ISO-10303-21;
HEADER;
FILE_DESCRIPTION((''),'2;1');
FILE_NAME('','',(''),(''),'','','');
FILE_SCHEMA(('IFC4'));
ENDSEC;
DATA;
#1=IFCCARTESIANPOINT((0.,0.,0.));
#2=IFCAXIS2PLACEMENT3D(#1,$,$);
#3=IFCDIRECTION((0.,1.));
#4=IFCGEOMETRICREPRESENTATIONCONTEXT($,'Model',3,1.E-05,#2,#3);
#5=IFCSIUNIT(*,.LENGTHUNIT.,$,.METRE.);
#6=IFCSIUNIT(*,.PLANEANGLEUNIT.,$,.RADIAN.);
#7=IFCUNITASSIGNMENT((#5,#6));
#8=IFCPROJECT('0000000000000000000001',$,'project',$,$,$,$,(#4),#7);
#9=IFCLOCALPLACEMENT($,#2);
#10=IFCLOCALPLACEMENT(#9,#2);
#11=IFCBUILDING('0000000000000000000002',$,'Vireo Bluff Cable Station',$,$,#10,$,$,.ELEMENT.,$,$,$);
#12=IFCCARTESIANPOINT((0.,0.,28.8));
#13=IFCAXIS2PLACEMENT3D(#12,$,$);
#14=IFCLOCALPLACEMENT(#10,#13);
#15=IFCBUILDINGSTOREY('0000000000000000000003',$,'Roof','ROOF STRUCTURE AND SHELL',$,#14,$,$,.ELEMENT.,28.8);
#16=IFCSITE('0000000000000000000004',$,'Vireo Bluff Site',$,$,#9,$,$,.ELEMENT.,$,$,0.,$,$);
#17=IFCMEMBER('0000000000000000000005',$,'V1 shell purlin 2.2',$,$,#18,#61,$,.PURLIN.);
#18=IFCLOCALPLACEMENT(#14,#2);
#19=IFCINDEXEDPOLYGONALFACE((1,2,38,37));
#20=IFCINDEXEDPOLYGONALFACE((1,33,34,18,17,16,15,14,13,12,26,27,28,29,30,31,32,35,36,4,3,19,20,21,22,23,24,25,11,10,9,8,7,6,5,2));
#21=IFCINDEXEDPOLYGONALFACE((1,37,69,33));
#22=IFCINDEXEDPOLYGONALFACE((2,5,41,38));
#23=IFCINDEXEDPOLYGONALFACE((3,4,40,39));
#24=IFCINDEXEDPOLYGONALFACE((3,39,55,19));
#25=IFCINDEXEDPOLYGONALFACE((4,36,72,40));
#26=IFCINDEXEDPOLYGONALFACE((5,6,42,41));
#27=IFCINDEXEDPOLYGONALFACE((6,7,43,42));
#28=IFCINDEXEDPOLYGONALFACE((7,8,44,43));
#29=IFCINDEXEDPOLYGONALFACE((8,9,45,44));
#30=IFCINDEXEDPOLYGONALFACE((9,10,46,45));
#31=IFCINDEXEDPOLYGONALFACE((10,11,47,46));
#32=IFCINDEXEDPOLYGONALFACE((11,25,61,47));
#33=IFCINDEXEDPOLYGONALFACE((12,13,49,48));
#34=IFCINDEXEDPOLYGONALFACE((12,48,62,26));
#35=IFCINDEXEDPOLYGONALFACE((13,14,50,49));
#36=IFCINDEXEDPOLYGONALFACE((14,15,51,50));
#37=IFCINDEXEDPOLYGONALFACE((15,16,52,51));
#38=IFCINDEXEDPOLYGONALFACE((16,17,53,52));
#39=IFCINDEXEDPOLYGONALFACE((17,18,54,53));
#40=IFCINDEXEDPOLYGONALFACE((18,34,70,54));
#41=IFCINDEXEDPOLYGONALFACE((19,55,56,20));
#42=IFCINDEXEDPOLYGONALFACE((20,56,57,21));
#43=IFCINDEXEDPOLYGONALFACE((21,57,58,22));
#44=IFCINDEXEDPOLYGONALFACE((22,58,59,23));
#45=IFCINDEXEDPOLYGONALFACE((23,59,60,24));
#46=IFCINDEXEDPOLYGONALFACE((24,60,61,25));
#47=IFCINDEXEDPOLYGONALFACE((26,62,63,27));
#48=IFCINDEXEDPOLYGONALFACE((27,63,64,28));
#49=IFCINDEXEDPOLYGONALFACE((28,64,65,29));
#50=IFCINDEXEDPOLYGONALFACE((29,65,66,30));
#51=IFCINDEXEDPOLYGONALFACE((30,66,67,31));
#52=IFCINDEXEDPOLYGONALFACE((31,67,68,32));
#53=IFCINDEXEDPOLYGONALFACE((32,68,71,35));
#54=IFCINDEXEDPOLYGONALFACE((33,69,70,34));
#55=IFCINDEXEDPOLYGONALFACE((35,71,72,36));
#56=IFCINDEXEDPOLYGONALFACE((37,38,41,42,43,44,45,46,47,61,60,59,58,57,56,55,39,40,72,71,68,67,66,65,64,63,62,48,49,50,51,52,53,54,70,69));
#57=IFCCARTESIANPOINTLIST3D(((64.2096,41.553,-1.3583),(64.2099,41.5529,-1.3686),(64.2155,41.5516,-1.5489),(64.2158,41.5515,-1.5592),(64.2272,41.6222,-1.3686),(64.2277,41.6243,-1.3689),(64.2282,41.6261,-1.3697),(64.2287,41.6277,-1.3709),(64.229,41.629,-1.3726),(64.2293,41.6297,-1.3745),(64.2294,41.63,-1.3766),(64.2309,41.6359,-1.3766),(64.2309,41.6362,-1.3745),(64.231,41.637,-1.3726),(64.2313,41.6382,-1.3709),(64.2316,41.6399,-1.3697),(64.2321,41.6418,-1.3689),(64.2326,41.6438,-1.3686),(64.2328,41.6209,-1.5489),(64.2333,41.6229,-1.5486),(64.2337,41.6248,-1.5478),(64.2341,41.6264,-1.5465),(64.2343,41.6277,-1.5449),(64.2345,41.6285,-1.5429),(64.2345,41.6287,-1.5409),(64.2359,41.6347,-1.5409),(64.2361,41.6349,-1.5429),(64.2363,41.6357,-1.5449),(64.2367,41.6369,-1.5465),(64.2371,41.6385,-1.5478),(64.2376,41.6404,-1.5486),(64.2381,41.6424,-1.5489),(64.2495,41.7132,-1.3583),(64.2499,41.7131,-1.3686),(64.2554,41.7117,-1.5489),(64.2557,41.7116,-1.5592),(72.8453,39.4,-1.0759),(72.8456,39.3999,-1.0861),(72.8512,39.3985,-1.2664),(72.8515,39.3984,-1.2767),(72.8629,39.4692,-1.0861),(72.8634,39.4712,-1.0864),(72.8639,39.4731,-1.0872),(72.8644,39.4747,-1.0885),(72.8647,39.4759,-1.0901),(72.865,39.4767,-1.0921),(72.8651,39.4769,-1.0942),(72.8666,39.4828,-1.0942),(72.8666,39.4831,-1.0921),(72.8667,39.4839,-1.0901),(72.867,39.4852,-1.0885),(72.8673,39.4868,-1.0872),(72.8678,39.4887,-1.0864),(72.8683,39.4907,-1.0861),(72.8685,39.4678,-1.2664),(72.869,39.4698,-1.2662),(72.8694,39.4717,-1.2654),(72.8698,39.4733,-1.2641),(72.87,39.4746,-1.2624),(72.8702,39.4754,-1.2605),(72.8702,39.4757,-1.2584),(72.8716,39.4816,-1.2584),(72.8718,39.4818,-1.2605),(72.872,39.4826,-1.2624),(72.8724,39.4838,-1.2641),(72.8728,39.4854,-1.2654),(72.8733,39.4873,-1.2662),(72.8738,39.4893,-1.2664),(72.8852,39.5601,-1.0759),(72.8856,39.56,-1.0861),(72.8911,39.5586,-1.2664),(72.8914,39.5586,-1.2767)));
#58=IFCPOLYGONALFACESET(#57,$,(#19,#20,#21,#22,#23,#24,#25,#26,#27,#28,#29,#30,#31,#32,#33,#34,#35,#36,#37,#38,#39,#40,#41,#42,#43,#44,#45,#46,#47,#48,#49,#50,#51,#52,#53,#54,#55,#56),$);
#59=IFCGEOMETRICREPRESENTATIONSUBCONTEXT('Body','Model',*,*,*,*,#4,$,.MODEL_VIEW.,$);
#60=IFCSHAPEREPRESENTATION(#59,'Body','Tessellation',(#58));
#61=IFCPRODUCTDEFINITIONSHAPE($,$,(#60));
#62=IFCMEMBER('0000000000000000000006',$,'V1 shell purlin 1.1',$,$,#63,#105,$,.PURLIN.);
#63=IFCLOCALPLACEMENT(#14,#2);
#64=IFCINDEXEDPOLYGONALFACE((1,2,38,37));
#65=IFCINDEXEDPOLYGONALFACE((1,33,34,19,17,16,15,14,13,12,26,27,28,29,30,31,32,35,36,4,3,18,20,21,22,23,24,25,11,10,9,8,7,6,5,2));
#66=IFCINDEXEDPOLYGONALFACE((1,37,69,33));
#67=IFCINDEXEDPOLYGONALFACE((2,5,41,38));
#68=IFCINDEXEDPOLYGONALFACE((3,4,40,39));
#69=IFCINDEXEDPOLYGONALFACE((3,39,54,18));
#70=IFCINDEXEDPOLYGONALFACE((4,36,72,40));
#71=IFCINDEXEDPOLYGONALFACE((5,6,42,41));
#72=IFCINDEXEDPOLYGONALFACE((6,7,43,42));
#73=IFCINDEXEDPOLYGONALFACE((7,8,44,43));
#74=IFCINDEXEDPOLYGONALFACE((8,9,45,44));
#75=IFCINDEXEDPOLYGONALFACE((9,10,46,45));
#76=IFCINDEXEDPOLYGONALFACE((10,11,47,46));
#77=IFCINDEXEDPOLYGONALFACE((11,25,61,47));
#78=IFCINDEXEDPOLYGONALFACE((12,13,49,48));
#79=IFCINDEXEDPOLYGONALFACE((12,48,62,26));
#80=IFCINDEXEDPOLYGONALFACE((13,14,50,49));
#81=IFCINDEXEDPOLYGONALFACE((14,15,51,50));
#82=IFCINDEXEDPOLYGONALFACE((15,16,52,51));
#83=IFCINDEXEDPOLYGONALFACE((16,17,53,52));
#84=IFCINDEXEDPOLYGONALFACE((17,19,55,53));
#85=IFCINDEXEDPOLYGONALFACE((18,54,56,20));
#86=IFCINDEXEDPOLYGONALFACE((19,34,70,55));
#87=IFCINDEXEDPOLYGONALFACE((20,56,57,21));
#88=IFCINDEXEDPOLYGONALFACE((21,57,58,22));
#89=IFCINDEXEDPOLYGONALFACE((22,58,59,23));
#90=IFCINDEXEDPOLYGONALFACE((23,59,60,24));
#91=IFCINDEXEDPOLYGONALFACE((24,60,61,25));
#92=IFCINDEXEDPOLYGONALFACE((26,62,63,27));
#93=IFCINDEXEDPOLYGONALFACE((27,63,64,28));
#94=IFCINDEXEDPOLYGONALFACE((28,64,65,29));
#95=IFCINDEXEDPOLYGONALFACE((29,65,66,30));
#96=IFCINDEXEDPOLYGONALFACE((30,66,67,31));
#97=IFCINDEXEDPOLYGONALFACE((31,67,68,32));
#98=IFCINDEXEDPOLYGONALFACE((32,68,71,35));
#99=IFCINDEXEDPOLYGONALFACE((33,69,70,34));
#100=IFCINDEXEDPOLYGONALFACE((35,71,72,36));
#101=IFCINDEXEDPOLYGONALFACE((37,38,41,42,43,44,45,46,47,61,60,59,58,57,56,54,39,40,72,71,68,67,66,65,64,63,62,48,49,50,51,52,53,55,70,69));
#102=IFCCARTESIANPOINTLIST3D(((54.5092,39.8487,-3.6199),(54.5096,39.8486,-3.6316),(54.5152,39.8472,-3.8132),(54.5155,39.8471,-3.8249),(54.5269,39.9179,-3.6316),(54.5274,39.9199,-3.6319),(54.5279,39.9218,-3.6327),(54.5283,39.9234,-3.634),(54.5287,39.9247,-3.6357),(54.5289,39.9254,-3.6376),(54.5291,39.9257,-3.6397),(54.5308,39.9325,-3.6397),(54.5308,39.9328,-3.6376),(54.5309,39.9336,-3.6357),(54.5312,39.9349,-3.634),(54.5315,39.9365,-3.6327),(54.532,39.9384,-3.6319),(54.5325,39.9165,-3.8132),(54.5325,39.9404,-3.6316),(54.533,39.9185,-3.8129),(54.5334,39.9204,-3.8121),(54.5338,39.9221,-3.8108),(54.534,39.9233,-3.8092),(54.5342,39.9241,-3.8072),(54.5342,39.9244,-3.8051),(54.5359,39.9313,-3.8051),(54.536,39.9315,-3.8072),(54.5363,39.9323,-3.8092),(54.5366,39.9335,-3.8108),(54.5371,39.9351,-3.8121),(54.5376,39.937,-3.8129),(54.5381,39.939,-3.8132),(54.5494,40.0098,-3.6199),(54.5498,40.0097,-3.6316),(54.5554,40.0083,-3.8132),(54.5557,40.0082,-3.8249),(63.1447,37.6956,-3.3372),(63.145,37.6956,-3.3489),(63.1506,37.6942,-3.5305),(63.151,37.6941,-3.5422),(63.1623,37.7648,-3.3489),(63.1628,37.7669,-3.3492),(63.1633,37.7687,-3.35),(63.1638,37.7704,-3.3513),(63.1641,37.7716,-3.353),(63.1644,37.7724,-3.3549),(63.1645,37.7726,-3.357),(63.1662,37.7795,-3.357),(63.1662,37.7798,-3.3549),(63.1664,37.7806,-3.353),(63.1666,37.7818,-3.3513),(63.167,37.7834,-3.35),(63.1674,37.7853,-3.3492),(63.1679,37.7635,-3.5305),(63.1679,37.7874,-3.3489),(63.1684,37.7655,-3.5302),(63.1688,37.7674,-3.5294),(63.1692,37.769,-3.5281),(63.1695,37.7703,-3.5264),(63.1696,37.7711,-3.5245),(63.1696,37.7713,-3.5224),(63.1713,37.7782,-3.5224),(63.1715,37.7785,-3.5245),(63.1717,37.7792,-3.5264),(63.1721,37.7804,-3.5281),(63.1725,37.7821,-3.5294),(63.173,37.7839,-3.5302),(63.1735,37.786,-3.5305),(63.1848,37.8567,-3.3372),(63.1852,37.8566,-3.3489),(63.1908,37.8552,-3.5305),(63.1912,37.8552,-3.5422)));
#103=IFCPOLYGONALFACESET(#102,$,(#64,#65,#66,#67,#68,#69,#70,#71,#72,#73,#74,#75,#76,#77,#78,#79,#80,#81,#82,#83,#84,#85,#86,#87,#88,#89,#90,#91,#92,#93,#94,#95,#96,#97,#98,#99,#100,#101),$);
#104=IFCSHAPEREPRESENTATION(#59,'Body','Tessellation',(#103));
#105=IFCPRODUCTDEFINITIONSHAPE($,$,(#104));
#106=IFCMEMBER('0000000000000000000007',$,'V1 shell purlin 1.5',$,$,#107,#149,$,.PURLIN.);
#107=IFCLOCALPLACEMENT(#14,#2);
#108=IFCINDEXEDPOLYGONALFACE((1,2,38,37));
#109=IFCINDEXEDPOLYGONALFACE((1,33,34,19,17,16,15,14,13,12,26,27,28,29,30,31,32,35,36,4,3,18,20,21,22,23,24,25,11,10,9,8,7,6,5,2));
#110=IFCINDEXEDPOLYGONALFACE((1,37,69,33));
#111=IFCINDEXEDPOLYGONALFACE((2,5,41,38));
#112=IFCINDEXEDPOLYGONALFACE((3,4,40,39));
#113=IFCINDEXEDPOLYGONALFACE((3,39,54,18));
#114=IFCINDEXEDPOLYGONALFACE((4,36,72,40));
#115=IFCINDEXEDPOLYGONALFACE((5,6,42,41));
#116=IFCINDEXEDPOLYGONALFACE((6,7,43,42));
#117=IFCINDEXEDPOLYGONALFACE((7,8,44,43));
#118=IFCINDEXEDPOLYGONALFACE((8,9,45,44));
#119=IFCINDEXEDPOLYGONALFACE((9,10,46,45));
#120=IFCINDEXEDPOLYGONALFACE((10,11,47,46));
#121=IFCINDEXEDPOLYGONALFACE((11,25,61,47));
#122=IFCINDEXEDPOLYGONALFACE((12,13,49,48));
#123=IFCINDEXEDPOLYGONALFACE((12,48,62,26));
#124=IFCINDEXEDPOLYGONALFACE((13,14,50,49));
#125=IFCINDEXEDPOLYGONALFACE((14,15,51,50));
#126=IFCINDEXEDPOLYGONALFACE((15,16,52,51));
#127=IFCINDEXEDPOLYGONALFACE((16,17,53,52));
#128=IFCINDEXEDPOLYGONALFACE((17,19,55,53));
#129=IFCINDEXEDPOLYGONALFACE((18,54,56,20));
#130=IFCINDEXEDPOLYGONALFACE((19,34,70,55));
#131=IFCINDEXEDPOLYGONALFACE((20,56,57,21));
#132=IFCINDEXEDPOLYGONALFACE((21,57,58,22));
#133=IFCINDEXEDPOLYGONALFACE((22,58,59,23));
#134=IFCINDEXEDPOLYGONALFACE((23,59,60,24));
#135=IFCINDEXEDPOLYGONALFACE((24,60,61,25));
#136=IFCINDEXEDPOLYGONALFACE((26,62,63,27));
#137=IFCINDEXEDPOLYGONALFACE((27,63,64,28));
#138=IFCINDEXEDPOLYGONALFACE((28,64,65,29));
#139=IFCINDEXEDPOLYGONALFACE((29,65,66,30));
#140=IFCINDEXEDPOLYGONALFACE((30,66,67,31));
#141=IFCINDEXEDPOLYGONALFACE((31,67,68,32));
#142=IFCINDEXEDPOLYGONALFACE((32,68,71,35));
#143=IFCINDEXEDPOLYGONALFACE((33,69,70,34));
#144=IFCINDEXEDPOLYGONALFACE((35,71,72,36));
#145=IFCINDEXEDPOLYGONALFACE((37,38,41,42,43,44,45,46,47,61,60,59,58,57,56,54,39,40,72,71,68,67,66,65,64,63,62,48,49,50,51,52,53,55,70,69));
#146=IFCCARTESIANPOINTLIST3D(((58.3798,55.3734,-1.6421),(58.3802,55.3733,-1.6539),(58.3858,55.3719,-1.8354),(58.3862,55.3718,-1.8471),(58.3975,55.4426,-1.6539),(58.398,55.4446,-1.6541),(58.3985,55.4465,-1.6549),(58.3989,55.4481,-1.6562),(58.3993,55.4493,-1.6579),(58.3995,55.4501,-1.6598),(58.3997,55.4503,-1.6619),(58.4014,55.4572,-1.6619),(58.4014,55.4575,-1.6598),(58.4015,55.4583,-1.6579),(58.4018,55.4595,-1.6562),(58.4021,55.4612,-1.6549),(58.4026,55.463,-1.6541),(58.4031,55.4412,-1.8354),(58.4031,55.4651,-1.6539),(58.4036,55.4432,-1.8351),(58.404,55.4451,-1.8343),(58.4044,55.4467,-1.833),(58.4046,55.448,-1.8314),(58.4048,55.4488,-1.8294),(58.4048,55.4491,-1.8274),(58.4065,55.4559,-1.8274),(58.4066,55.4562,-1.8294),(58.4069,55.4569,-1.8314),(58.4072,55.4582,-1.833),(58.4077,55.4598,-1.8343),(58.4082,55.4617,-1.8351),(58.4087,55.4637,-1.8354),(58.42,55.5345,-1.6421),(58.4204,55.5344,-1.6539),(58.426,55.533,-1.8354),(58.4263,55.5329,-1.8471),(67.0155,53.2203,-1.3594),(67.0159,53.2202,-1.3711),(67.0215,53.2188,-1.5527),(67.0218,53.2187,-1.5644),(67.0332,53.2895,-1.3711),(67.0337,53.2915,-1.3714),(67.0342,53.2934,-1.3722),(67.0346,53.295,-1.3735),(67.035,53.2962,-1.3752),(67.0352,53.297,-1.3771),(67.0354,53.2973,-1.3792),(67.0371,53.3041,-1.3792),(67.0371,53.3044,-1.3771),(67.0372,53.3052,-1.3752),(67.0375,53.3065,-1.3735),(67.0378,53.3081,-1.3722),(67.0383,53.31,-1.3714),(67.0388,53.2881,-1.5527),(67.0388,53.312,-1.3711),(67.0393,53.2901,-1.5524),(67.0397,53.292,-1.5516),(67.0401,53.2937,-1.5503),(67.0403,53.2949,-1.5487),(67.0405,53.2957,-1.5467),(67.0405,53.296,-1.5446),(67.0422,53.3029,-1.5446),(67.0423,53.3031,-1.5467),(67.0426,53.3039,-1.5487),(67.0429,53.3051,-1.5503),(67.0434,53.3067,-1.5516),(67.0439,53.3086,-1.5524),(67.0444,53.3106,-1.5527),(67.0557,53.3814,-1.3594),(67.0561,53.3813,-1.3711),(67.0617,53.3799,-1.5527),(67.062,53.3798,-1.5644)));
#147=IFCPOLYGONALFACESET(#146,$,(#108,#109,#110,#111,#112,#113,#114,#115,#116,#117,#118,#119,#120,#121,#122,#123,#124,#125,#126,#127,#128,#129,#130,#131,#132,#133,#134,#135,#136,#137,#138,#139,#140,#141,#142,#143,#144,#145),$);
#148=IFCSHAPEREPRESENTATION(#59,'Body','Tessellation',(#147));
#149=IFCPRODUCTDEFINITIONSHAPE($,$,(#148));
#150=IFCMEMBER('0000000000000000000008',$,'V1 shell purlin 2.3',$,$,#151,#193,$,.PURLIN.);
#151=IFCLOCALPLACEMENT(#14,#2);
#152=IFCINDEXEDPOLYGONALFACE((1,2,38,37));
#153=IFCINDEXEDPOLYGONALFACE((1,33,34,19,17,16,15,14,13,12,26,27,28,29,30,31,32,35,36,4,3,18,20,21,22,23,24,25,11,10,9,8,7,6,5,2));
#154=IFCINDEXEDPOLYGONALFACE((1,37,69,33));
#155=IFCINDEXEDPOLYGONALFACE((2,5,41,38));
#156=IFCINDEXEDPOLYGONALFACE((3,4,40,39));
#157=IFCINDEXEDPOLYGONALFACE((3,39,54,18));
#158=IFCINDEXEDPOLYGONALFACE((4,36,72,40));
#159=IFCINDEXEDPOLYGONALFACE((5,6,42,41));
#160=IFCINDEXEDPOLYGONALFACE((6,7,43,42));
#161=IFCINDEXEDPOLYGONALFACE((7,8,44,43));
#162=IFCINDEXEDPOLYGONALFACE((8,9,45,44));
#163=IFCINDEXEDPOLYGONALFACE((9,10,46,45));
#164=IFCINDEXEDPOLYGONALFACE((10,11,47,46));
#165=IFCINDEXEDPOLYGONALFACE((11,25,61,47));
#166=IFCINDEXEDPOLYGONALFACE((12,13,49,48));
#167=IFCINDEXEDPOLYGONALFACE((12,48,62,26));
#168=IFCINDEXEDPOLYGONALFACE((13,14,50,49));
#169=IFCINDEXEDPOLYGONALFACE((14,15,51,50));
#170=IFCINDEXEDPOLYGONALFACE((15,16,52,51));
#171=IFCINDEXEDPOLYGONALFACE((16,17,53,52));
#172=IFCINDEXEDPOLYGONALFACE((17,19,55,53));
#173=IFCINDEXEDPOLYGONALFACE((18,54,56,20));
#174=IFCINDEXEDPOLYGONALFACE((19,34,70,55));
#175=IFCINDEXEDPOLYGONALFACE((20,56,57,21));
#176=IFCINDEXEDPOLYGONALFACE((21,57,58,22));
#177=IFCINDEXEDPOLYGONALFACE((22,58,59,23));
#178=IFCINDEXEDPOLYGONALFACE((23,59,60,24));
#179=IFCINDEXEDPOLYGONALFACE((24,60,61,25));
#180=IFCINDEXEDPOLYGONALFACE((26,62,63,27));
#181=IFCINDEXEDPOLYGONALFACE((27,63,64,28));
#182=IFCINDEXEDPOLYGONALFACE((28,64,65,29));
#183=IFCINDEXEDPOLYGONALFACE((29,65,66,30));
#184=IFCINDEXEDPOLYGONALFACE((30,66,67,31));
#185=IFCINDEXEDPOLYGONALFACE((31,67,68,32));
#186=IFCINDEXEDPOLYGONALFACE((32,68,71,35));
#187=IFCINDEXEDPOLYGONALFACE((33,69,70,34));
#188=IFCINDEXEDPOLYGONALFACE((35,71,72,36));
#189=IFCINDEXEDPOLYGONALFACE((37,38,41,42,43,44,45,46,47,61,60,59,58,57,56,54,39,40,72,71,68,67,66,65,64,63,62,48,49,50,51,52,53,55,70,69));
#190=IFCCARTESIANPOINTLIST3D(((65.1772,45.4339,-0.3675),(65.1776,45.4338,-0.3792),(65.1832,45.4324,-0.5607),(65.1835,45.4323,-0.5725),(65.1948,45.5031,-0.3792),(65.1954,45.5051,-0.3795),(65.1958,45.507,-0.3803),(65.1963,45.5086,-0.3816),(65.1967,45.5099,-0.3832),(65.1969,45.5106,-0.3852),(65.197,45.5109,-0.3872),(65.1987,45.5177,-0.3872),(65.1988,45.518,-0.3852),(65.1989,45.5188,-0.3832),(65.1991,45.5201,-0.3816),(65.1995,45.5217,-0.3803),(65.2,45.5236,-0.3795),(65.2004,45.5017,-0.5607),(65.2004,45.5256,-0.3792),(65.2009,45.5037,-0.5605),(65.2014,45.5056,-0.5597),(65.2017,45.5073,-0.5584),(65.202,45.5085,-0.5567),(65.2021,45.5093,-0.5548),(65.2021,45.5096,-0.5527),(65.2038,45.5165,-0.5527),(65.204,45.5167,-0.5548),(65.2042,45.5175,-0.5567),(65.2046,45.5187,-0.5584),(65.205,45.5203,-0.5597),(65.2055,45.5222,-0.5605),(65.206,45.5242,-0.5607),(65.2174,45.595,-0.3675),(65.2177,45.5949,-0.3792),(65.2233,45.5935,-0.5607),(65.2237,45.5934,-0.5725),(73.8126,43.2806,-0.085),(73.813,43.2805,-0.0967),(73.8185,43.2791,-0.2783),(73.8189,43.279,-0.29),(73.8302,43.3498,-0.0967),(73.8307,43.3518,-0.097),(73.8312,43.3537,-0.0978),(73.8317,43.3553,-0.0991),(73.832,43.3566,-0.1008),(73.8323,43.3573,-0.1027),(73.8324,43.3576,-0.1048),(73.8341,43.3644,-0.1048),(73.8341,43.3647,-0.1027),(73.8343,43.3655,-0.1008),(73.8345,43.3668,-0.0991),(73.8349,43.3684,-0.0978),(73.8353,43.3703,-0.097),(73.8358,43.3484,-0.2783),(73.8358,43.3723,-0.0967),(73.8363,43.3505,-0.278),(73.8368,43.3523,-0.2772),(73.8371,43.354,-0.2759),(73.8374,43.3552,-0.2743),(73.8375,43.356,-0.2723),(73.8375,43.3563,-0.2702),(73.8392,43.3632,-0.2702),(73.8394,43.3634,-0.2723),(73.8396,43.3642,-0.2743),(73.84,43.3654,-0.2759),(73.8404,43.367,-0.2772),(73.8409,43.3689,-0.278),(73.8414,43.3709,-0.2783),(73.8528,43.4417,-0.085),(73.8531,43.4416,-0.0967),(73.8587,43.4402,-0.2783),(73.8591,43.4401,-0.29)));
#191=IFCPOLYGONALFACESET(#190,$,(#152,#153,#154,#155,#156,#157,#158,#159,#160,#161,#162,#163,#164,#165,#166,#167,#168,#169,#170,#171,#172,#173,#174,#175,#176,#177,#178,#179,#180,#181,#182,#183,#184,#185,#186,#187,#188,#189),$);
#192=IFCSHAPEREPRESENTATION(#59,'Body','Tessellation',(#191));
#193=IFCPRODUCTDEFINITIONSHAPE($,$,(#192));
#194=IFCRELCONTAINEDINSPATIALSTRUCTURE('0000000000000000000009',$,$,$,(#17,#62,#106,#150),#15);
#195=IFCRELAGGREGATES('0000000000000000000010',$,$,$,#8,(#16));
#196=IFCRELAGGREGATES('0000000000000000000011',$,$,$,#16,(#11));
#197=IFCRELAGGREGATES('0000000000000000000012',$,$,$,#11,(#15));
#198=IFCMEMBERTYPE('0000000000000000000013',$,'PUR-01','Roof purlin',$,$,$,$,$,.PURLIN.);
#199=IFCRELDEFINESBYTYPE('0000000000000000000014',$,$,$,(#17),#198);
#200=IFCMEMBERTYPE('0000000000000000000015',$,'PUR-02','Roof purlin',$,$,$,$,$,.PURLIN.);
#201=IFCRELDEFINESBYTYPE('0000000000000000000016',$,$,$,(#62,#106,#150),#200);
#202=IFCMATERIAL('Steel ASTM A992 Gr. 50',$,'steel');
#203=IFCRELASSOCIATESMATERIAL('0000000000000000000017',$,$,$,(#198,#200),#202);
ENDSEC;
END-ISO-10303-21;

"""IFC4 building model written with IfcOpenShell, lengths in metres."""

from ifc_helpers import new_model, si_unit, direction, frame, origin, origin_2d, place, context, subcontext, project, spatial, i_section, extrude, material, material_profile, profile_set, type_object, element, save


model = new_model("IFC4")

# Units and contexts
model_context = context("Model", 3, precision=1e-05, world=origin(), true_north=direction((0.0, 1.0)))
body_context = subcontext(model_context, "Body", "Model", "MODEL_VIEW")
ifc_project = project(units=[si_unit("LENGTHUNIT", "METRE"), si_unit("PLANEANGLEUNIT", "RADIAN")], contexts=[model_context])

# Site, building, storey
site_placement = place(None, origin())
site = spatial("IfcSite", under=ifc_project, at=site_placement, Name="Vireo Bluff Site", CompositionType="ELEMENT", RefElevation=0.0)
building_placement = place(site_placement, origin())
building = spatial("IfcBuilding", under=site, at=building_placement, Name="Vireo Bluff Cable Station", CompositionType="ELEMENT")
storey_placement = place(building_placement, frame((0.0, 0.0, 28.8)))
storey = spatial("IfcBuildingStorey", under=building, at=storey_placement, Name="Roof", Description="ROOF STRUCTURE AND SHELL", CompositionType="ELEMENT", Elevation=28.8)

# Members
ifc_material_1 = material(Name="Steel ASTM A992 Gr. 50", Category="steel")
ifc_material_profile_1 = material_profile(ifc_material_1, i_section(OverallWidth=0.165, OverallDepth=0.2009, WebThickness=0.0061, FlangeThickness=0.0103, FilletRadius=0.0081, at=origin_2d()), Name="W8X24")
ifc_profile_set_1 = profile_set([ifc_material_profile_1], Name="Steel ASTM A992 Gr. 50")
member_type_1 = type_object("IfcMemberType", Name="PUR-01", Description="Roof purlin", PredefinedType="PURLIN", material=ifc_profile_set_1)
for number, where, z_axis, x_axis, name in (
    (1, (64.2327, 41.6323, -1.4587), (0.969809, -0.241794, 0.031722), (0.241916, 0.970297, 0.0), "V1 shell purlin 2.2"),
):
    element("IfcMember", number, at=place(storey_placement, frame(where, z_axis=z_axis, x_axis=x_axis)), inside=storey, type_object=member_type_1, Name=name, PredefinedType="PURLIN", context=body_context, shape_type="SweptSolid", body=[
        extrude(i_section(OverallWidth=0.165, OverallDepth=0.2009, WebThickness=0.0061, FlangeThickness=0.0103, FilletRadius=0.0081, at=origin_2d()), origin(), (0.0, 0.0, 1.0), 8.9045),
    ])
ifc_material_profile_2 = material_profile(ifc_material_1, i_section(OverallWidth=0.166, OverallDepth=0.2051, WebThickness=0.0071, FlangeThickness=0.0117, FilletRadius=0.0081, at=origin_2d()), Name="W8X28")
ifc_profile_set_2 = profile_set([ifc_material_profile_2], Name="Steel ASTM A992 Gr. 50")
member_type_2 = type_object("IfcMemberType", Name="PUR-02", Description="Roof purlin", PredefinedType="PURLIN", material=ifc_profile_set_2)
member_1_placement = place(storey_placement, frame((54.5325, 39.9285, -3.7224), z_axis=(0.969806, -0.2418, 0.03175), x_axis=(0.241922, 0.970296, 0.0)))
element("IfcMember", 2, at=member_1_placement, inside=storey, type_object=member_type_2, Name="V1 shell purlin 1.1", PredefinedType="PURLIN", context=body_context, shape_type="SweptSolid", body=[
    extrude(i_section(OverallWidth=0.166, OverallDepth=0.2051, WebThickness=0.0071, FlangeThickness=0.0117, FilletRadius=0.0081, at=origin_2d()), origin(), (0.0, 0.0, 1.0), 8.9043),
])
member_2_placement = place(storey_placement, frame((58.4031, 55.4531, -1.7446), z_axis=(0.969808, -0.241794, 0.031749), x_axis=(0.241916, 0.970297, 0.0)))
element("IfcMember", 3, at=member_2_placement, inside=storey, type_object=member_type_2, Name="V1 shell purlin 1.5", PredefinedType="PURLIN", context=body_context, shape_type="SweptSolid", body=[
    extrude(i_section(OverallWidth=0.166, OverallDepth=0.2051, WebThickness=0.0071, FlangeThickness=0.0117, FilletRadius=0.0081, at=origin_2d()), origin(), (0.0, 0.0, 1.0), 8.9045),
])
member_3_placement = place(storey_placement, frame((65.2004, 45.5137, -0.47), z_axis=(0.969801, -0.241826, 0.031723), x_axis=(0.241948, 0.970289, 0.0)))
element("IfcMember", 4, at=member_3_placement, inside=storey, type_object=member_type_2, Name="V1 shell purlin 2.3", PredefinedType="PURLIN", context=body_context, shape_type="SweptSolid", body=[
    extrude(i_section(OverallWidth=0.166, OverallDepth=0.2051, WebThickness=0.0071, FlangeThickness=0.0117, FilletRadius=0.0081, at=origin_2d()), origin(), (0.0, 0.0, 1.0), 8.9043),
])

save(model, "model.ifc")
